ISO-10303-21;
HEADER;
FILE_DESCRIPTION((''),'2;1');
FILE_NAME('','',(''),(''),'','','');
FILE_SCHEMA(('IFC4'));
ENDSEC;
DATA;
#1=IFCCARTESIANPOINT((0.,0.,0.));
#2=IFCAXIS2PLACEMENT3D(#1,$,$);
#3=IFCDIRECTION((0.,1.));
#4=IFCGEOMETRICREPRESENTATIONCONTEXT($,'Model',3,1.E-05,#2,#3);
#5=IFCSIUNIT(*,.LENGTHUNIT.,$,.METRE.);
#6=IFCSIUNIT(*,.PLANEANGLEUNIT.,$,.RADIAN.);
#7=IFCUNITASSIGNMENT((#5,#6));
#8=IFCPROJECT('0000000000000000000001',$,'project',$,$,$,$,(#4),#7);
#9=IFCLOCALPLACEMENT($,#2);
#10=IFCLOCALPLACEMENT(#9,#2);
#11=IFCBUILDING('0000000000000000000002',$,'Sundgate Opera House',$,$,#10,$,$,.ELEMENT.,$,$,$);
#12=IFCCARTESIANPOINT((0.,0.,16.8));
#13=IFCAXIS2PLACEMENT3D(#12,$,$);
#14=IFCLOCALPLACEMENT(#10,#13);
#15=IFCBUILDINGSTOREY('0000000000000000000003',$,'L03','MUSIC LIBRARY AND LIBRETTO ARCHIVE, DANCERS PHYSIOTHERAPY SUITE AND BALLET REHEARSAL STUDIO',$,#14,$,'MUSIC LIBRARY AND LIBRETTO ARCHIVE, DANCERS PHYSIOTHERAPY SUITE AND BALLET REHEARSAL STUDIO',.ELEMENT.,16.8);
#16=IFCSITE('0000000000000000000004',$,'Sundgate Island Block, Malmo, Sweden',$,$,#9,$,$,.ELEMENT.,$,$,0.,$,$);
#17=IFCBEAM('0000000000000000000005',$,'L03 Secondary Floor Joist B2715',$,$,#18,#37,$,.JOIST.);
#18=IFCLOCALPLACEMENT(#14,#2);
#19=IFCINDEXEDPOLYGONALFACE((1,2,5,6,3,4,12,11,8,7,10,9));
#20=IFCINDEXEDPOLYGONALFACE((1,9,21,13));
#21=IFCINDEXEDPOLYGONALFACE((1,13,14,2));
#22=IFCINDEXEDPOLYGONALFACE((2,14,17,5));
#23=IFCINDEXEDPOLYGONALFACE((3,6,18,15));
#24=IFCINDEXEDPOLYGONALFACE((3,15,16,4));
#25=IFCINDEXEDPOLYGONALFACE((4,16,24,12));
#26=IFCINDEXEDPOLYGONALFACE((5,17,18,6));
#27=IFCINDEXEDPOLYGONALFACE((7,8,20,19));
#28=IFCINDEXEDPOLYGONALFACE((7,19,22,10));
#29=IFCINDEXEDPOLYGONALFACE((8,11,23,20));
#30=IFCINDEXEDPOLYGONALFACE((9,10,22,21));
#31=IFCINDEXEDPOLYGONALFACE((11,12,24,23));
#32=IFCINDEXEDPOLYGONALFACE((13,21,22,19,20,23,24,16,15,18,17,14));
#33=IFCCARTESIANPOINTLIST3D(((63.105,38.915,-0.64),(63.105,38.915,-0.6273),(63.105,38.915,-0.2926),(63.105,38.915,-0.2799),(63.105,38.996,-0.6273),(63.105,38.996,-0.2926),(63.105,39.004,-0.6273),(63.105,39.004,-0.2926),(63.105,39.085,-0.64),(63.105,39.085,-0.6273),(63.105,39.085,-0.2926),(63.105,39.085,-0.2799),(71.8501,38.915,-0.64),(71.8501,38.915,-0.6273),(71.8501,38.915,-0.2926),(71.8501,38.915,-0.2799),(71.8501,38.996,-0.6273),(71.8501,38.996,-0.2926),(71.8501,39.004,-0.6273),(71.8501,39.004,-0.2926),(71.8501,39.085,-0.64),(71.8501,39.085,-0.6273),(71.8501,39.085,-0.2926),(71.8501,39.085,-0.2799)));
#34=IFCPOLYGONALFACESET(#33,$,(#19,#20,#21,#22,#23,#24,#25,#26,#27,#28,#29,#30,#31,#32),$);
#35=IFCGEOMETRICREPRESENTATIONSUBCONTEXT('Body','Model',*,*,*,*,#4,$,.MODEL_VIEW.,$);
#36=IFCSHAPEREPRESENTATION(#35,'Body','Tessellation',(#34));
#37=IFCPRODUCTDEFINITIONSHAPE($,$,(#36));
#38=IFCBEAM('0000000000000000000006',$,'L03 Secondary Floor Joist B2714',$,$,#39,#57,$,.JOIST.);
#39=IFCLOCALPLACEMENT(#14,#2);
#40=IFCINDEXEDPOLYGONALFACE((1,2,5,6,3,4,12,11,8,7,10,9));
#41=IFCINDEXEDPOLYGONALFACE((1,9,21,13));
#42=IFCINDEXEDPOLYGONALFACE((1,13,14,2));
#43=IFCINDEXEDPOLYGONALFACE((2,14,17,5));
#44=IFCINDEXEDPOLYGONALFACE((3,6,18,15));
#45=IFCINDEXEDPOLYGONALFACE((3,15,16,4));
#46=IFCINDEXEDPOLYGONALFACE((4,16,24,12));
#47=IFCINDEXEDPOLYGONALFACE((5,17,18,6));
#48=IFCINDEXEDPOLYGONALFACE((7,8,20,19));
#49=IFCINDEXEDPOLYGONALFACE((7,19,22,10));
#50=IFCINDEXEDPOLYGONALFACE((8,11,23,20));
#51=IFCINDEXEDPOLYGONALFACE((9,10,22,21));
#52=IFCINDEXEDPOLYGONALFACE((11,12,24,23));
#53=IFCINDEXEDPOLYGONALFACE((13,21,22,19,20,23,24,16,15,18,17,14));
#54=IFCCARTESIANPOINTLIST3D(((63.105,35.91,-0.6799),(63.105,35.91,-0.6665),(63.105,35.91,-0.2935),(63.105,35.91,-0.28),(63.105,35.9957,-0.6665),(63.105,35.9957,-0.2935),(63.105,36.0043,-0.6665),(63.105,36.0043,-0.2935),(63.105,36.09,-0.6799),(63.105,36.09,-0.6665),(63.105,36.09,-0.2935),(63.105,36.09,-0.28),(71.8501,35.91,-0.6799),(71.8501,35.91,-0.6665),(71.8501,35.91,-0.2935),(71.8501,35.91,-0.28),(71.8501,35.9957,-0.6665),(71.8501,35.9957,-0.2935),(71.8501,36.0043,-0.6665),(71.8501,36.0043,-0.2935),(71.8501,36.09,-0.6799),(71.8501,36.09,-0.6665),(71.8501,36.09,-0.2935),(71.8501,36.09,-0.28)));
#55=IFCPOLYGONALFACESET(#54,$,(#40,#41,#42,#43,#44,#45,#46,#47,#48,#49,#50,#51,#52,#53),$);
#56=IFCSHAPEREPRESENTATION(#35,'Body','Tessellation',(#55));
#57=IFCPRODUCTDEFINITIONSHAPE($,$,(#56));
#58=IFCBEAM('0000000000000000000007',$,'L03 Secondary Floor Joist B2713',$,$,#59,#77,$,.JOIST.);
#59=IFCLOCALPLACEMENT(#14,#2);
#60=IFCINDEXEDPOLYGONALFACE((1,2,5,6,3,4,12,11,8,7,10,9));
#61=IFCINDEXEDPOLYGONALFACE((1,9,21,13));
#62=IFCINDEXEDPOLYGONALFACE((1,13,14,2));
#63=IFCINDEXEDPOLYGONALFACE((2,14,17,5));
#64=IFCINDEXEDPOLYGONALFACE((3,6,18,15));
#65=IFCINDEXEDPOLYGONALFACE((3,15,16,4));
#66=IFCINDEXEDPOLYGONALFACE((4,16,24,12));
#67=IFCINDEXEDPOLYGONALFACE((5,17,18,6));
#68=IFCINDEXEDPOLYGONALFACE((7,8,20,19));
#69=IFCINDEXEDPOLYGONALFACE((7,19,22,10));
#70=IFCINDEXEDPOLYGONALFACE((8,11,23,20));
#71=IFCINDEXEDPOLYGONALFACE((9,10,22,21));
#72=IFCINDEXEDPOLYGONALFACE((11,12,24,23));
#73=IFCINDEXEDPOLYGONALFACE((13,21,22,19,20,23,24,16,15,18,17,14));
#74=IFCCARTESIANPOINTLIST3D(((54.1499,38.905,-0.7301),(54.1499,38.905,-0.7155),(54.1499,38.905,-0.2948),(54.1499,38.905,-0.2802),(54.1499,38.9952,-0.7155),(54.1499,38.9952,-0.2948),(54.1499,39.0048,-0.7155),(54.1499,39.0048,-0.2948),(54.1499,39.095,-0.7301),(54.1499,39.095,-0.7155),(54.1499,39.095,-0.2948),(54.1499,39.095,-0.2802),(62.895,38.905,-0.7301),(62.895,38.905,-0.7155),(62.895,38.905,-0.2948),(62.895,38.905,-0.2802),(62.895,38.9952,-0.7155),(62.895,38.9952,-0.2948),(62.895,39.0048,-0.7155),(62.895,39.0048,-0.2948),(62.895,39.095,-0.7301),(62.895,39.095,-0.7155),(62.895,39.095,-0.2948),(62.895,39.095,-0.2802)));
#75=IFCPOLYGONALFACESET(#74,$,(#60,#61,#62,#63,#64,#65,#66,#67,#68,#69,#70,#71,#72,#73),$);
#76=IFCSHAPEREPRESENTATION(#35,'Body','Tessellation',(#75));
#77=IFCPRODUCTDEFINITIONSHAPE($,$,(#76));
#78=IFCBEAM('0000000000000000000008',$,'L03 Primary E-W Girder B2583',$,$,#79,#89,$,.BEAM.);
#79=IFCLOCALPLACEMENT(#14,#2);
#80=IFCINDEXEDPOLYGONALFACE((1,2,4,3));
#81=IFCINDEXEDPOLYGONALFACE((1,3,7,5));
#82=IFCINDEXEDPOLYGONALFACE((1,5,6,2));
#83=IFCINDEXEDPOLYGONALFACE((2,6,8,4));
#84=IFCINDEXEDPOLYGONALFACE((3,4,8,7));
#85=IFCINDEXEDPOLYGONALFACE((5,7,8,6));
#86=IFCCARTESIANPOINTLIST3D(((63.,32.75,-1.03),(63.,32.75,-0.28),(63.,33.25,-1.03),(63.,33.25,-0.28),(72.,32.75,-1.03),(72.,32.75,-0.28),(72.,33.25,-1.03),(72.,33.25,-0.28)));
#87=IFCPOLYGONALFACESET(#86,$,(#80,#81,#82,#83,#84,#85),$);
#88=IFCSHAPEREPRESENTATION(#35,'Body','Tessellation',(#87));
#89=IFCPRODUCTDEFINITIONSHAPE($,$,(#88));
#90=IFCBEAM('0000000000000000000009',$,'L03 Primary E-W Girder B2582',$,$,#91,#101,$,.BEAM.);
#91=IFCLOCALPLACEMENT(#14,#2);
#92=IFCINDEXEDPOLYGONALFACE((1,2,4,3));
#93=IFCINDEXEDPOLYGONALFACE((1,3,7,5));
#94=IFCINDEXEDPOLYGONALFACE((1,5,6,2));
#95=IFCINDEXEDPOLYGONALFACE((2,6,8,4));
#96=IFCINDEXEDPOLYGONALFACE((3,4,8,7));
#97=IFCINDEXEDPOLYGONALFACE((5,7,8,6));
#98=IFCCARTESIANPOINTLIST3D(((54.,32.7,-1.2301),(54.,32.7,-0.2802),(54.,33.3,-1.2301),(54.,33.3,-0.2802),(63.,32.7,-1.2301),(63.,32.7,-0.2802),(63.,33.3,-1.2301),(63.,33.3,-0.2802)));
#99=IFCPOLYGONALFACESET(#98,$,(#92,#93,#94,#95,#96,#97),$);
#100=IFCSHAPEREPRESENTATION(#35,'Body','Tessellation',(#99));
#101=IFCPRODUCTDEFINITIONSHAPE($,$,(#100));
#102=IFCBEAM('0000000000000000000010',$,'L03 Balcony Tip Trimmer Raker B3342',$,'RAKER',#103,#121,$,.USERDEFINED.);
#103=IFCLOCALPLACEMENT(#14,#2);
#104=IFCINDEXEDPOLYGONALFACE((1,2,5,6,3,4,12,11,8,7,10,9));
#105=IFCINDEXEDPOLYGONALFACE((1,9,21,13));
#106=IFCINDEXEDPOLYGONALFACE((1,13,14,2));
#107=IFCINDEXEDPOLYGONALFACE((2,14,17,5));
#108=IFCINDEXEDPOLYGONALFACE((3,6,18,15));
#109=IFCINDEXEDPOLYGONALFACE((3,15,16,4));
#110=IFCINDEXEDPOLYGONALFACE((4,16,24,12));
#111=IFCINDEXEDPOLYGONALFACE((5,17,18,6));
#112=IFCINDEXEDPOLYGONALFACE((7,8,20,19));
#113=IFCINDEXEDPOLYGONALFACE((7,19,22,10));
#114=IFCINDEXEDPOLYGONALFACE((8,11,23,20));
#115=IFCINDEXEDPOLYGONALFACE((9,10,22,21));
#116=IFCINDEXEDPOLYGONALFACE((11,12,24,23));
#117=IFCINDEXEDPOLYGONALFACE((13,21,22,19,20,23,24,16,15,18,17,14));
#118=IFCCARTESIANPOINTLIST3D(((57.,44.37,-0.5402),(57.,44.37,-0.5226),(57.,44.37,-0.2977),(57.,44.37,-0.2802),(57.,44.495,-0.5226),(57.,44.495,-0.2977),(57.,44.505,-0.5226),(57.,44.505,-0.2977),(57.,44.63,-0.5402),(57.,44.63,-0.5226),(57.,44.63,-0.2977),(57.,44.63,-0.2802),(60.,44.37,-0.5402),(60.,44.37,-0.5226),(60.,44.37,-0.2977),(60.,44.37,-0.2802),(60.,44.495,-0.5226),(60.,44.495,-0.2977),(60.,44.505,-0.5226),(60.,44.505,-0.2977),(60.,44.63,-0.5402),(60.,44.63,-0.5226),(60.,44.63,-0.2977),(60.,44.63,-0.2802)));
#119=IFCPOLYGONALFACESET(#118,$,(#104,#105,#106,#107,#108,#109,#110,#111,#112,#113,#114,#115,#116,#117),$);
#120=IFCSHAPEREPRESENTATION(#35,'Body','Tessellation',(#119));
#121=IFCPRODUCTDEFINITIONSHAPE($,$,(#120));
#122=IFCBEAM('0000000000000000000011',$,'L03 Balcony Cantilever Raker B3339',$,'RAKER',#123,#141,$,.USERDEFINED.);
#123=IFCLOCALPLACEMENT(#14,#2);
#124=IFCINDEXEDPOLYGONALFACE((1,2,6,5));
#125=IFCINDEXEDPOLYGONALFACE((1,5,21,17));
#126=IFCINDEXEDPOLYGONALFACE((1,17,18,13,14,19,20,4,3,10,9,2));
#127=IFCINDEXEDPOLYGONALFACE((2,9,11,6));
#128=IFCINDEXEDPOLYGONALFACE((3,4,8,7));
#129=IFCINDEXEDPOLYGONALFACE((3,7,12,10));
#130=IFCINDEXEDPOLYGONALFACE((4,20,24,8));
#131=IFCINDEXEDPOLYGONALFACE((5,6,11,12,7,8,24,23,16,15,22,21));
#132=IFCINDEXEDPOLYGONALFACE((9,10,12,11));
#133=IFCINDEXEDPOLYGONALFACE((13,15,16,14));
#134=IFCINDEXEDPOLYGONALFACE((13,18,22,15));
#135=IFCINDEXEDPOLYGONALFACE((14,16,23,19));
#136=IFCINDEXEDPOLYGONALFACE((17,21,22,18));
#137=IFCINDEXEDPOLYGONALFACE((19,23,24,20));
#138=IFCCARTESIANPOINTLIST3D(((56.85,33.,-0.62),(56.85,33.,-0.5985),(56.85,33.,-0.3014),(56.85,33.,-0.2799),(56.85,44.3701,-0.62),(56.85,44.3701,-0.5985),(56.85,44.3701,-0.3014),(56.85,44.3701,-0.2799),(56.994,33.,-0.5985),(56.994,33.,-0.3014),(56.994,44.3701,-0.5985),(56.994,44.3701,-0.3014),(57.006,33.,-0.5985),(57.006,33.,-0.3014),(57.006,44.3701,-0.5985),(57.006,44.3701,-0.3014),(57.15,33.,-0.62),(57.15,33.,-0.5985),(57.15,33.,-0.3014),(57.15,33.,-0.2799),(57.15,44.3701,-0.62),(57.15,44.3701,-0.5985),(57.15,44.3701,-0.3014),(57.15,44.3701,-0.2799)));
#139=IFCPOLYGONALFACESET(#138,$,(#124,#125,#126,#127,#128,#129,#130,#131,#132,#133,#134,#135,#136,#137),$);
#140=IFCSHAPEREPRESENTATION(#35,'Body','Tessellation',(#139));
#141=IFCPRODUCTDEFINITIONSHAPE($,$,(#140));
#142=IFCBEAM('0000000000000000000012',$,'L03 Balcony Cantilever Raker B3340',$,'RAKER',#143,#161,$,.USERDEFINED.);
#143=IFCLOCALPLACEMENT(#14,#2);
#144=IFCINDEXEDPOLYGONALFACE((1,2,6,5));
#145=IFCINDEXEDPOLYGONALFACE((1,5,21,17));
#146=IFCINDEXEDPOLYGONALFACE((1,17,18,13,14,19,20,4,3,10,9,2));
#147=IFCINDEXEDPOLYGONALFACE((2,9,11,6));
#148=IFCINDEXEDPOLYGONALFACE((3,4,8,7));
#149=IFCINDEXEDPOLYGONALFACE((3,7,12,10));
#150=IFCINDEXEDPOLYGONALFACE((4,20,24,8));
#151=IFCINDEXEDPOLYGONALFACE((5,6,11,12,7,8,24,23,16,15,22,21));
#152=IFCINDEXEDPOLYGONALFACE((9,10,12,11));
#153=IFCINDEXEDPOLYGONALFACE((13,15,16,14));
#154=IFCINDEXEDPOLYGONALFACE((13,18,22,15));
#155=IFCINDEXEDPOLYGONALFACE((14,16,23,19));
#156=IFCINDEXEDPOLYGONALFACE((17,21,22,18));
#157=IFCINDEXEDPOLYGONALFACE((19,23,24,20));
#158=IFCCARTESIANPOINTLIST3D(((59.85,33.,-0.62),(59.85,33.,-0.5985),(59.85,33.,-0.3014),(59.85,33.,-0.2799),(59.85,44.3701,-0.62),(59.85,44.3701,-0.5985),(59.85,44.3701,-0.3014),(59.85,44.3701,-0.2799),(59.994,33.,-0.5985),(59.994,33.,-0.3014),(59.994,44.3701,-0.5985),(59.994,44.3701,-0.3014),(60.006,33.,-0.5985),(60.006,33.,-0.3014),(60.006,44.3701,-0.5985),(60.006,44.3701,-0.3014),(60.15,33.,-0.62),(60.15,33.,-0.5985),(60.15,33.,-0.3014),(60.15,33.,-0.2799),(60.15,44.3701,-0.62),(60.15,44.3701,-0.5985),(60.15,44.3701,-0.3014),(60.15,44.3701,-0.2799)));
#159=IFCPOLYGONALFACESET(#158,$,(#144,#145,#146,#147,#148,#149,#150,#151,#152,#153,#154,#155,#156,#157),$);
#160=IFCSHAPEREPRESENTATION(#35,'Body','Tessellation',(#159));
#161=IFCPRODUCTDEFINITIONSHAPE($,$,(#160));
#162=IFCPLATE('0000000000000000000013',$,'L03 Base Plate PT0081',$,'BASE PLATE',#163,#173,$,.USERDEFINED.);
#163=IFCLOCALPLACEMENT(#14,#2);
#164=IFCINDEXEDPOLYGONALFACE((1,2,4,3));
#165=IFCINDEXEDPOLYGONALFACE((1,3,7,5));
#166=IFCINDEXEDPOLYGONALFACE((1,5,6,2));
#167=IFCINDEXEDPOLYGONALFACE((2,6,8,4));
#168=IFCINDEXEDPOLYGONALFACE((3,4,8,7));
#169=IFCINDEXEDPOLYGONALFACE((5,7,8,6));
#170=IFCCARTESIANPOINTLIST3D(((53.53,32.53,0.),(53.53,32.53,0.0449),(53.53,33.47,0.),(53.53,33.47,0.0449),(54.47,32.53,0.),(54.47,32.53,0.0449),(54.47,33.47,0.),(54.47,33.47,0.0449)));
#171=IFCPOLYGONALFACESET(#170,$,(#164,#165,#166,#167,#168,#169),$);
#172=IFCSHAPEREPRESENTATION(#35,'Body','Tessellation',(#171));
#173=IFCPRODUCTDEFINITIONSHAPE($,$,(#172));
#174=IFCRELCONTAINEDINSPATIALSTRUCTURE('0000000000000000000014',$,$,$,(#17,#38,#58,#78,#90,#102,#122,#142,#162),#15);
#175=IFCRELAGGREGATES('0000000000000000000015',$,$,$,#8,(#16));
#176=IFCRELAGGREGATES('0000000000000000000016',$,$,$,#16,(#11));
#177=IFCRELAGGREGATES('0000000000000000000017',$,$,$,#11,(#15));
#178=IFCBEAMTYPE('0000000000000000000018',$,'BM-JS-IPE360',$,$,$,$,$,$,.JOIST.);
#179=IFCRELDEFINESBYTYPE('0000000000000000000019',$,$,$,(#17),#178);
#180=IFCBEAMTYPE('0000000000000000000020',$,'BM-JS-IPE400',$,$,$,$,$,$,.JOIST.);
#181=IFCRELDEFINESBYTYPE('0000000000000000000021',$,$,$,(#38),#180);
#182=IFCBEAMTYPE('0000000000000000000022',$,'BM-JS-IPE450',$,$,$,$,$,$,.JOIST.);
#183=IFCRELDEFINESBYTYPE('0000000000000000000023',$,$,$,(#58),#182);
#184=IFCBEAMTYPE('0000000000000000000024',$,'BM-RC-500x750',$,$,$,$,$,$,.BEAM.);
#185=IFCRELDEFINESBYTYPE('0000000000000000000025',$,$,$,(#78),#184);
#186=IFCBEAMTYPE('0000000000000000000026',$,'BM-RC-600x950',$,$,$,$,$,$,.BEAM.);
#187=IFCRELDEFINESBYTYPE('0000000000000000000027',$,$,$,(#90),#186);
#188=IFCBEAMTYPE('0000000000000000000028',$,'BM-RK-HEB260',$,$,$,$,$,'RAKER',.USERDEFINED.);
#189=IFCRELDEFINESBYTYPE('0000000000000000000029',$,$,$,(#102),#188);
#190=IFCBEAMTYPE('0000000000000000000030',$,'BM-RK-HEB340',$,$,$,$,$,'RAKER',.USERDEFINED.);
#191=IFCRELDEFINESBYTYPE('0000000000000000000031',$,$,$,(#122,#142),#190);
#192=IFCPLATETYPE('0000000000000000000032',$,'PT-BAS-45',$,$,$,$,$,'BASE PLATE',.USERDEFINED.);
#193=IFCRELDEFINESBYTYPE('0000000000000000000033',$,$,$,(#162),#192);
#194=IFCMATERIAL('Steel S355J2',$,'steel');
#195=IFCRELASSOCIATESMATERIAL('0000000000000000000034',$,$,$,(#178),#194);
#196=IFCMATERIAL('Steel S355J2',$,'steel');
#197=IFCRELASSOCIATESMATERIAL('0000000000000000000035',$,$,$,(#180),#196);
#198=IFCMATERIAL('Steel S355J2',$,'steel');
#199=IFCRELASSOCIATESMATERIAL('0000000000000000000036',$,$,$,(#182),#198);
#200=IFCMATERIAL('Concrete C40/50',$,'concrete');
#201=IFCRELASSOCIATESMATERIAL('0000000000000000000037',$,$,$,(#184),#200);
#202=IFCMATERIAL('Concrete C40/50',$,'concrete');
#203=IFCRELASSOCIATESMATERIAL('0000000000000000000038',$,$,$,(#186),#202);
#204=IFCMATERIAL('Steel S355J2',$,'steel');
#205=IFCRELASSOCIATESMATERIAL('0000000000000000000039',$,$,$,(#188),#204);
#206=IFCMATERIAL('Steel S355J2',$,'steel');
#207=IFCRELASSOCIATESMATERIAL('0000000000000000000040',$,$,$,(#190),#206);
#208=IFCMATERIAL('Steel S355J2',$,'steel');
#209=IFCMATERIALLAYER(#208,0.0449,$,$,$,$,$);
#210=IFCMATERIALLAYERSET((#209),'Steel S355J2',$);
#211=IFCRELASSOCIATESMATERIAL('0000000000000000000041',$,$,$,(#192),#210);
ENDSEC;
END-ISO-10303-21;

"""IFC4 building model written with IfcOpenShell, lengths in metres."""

from ifc_helpers import new_model, si_unit, direction, frame, origin, origin_2d, place, context, subcontext, project, spatial, rectangle, i_section, extrude, material, layer, layer_set, material_profile, profile_set, type_object, element, save


model = new_model("IFC4")

# Units and contexts
model_context = context("Model", 3, precision=1e-05, world=origin(), true_north=direction((0.0, 1.0)))
body_context = subcontext(model_context, "Body", "Model", "MODEL_VIEW")
ifc_project = project(units=[si_unit("LENGTHUNIT", "METRE"), si_unit("PLANEANGLEUNIT", "RADIAN")], contexts=[model_context])

# Site, building, storey
site_placement = place(None, origin())
site = spatial("IfcSite", under=ifc_project, at=site_placement, Name="Sundgate Island Block, Malmo, Sweden", CompositionType="ELEMENT", RefElevation=0.0)
building_placement = place(site_placement, origin())
building = spatial("IfcBuilding", under=site, at=building_placement, Name="Sundgate Opera House", CompositionType="ELEMENT")
storey_placement = place(building_placement, frame((0.0, 0.0, 16.8)))
storey = spatial("IfcBuildingStorey", under=building, at=storey_placement, Name="L03", Description="MUSIC LIBRARY AND LIBRETTO ARCHIVE, DANCERS PHYSIOTHERAPY SUITE AND BALLET REHEARSAL STUDIO", LongName="MUSIC LIBRARY AND LIBRETTO ARCHIVE, DANCERS PHYSIOTHERAPY SUITE AND BALLET REHEARSAL STUDIO", CompositionType="ELEMENT", Elevation=16.8)

# Beams
ifc_material_1 = material(Name="Steel S355J2", Category="steel")
ifc_material_profile_1 = material_profile(ifc_material_1, i_section(OverallWidth=0.1699, OverallDepth=0.3601, WebThickness=0.0081, FlangeThickness=0.0127, at=origin_2d()), Name="IPE 360")
ifc_profile_set_1 = profile_set([ifc_material_profile_1], Name="Steel S355J2")
beam_type_1 = type_object("IfcBeamType", Name="BM-JS-IPE360", PredefinedType="JOIST", material=ifc_profile_set_1)
beam_1_placement = place(storey_placement, frame((63.105, 39.0, -0.46), z_axis=(1.0, 0.0, 0.0), x_axis=(0.0, 1.0, 0.0)))
element("IfcBeam", 1, at=beam_1_placement, inside=storey, type_object=beam_type_1, Name="L03 Secondary Floor Joist B2715", PredefinedType="JOIST", context=body_context, shape_type="SweptSolid", body=[
    extrude(i_section(OverallWidth=0.1699, OverallDepth=0.3601, WebThickness=0.0081, FlangeThickness=0.0127, at=origin_2d()), origin(), (0.0, 0.0, 1.0), 8.7451),
])
ifc_material_2 = material(Name="Steel S355J2", Category="steel")
ifc_material_profile_2 = material_profile(ifc_material_2, i_section(OverallWidth=0.1799, OverallDepth=0.3999, WebThickness=0.0085, FlangeThickness=0.0134, at=origin_2d()), Name="IPE 400")
ifc_profile_set_2 = profile_set([ifc_material_profile_2], Name="Steel S355J2")
beam_type_2 = type_object("IfcBeamType", Name="BM-JS-IPE400", PredefinedType="JOIST", material=ifc_profile_set_2)
beam_2_placement = place(storey_placement, frame((63.105, 36.0, -0.48), z_axis=(1.0, 0.0, 0.0), x_axis=(0.0, 1.0, 0.0)))
element("IfcBeam", 2, at=beam_2_placement, inside=storey, type_object=beam_type_2, Name="L03 Secondary Floor Joist B2714", PredefinedType="JOIST", context=body_context, shape_type="SweptSolid", body=[
    extrude(i_section(OverallWidth=0.1799, OverallDepth=0.3999, WebThickness=0.0085, FlangeThickness=0.0134, at=origin_2d()), origin(), (0.0, 0.0, 1.0), 8.7451),
])
ifc_material_3 = material(Name="Steel S355J2", Category="steel")
ifc_material_profile_3 = material_profile(ifc_material_3, i_section(OverallWidth=0.1899, OverallDepth=0.45, WebThickness=0.0095, FlangeThickness=0.0146, at=origin_2d()), Name="IPE 450")
ifc_profile_set_3 = profile_set([ifc_material_profile_3], Name="Steel S355J2")
beam_type_3 = type_object("IfcBeamType", Name="BM-JS-IPE450", PredefinedType="JOIST", material=ifc_profile_set_3)
beam_3_placement = place(storey_placement, frame((54.1499, 39.0, -0.5051), z_axis=(1.0, 0.0, 0.0), x_axis=(0.0, 1.0, 0.0)))
element("IfcBeam", 3, at=beam_3_placement, inside=storey, type_object=beam_type_3, Name="L03 Secondary Floor Joist B2713", PredefinedType="JOIST", context=body_context, shape_type="SweptSolid", body=[
    extrude(i_section(OverallWidth=0.1899, OverallDepth=0.45, WebThickness=0.0095, FlangeThickness=0.0146, at=origin_2d()), origin(), (0.0, 0.0, 1.0), 8.7451),
])
ifc_material_4 = material(Name="Concrete C40/50", Category="concrete")
ifc_material_profile_4 = material_profile(ifc_material_4, rectangle(XDim=0.5, YDim=0.75, at=origin_2d()), Name="RC 500x750")
ifc_profile_set_4 = profile_set([ifc_material_profile_4], Name="Concrete C40/50")
beam_type_4 = type_object("IfcBeamType", Name="BM-RC-500x750", PredefinedType="BEAM", material=ifc_profile_set_4)
beam_4_placement = place(storey_placement, frame((63.0, 33.0, -0.655), z_axis=(1.0, 0.0, 0.0), x_axis=(0.0, 1.0, 0.0)))
element("IfcBeam", 4, at=beam_4_placement, inside=storey, type_object=beam_type_4, Name="L03 Primary E-W Girder B2583", PredefinedType="BEAM", context=body_context, shape_type="SweptSolid", body=[
    extrude(rectangle(XDim=0.5, YDim=0.75, at=origin_2d()), origin(), (0.0, 0.0, 1.0), 9.0),
])
ifc_material_5 = material(Name="Concrete C40/50", Category="concrete")
ifc_material_profile_5 = material_profile(ifc_material_5, rectangle(XDim=0.6001, YDim=0.95, at=origin_2d()), Name="RC 600x950")
ifc_profile_set_5 = profile_set([ifc_material_profile_5], Name="Concrete C40/50")
beam_type_5 = type_object("IfcBeamType", Name="BM-RC-600x950", PredefinedType="BEAM", material=ifc_profile_set_5)
beam_5_placement = place(storey_placement, frame((54.0, 33.0, -0.7551), z_axis=(1.0, 0.0, 0.0), x_axis=(0.0, 1.0, 0.0)))
element("IfcBeam", 5, at=beam_5_placement, inside=storey, type_object=beam_type_5, Name="L03 Primary E-W Girder B2582", PredefinedType="BEAM", context=body_context, shape_type="SweptSolid", body=[
    extrude(rectangle(XDim=0.6001, YDim=0.95, at=origin_2d()), origin(), (0.0, 0.0, 1.0), 9.0),
])
ifc_material_6 = material(Name="Steel S355J2", Category="steel")
ifc_material_profile_6 = material_profile(ifc_material_6, i_section(OverallWidth=0.26, OverallDepth=0.26, WebThickness=0.01, FlangeThickness=0.0176, at=origin_2d()), Name="HEB 260")
ifc_profile_set_6 = profile_set([ifc_material_profile_6], Name="Steel S355J2")
beam_type_6 = type_object("IfcBeamType", Name="BM-RK-HEB260", ElementType="RAKER", PredefinedType="USERDEFINED", material=ifc_profile_set_6)
beam_6_placement = place(storey_placement, frame((57.0, 44.5, -0.4102), z_axis=(1.0, 0.0, 0.0), x_axis=(0.0, 1.0, 0.0)))
element("IfcBeam", 6, at=beam_6_placement, inside=storey, type_object=beam_type_6, Name="L03 Balcony Tip Trimmer Raker B3342", ObjectType="RAKER", PredefinedType="USERDEFINED", context=body_context, shape_type="SweptSolid", body=[
    extrude(i_section(OverallWidth=0.26, OverallDepth=0.26, WebThickness=0.01, FlangeThickness=0.0176, at=origin_2d()), origin(), (0.0, 0.0, 1.0), 3.0),
])
ifc_material_7 = material(Name="Steel S355J2", Category="steel")
ifc_material_profile_7 = material_profile(ifc_material_7, i_section(OverallWidth=0.3, OverallDepth=0.3401, WebThickness=0.012, FlangeThickness=0.0215, at=origin_2d()), Name="HEB 340")
ifc_profile_set_7 = profile_set([ifc_material_profile_7], Name="Steel S355J2")
beam_type_7 = type_object("IfcBeamType", Name="BM-RK-HEB340", ElementType="RAKER", PredefinedType="USERDEFINED", material=ifc_profile_set_7)
for number, where, z_axis, x_axis, name in (
    (7, (57.0, 33.0, -0.45), (0.0, 1.0, 0.0), (-1.0, 0.0, 0.0), "L03 Balcony Cantilever Raker B3339"),
    (8, (60.0, 33.0, -0.45), (0.0, 1.0, 0.0), (-1.0, 0.0, 0.0), "L03 Balcony Cantilever Raker B3340"),
):
    element("IfcBeam", number, at=place(storey_placement, frame(where, z_axis=z_axis, x_axis=x_axis)), inside=storey, type_object=beam_type_7, Name=name, ObjectType="RAKER", PredefinedType="USERDEFINED", context=body_context, shape_type="SweptSolid", body=[
        extrude(i_section(OverallWidth=0.3, OverallDepth=0.3401, WebThickness=0.012, FlangeThickness=0.0215, at=origin_2d()), origin(), (0.0, 0.0, 1.0), 11.3701),
    ])

# Plate
ifc_material_8 = material(Name="Steel S355J2", Category="steel")
ifc_layer_1 = layer(ifc_material_8, 0.0449)
ifc_layer_set_1 = layer_set([ifc_layer_1], Name="Steel S355J2")
plate_type_1 = type_object("IfcPlateType", Name="PT-BAS-45", ElementType="BASE PLATE", PredefinedType="USERDEFINED", material=ifc_layer_set_1)
plate_1_placement = place(storey_placement, frame((54.0, 33.0, 0.0), z_axis=(0.0, 0.0, 1.0), x_axis=(1.0, 0.0, 0.0)))
element("IfcPlate", 9, at=plate_1_placement, inside=storey, type_object=plate_type_1, Name="L03 Base Plate PT0081", ObjectType="BASE PLATE", PredefinedType="USERDEFINED", context=body_context, shape_type="SweptSolid", body=[
    extrude(rectangle(XDim=0.9399, YDim=0.9399, at=origin_2d()), origin(), (0.0, 0.0, 1.0), 0.0449),
])

save(model, "model.ifc")
